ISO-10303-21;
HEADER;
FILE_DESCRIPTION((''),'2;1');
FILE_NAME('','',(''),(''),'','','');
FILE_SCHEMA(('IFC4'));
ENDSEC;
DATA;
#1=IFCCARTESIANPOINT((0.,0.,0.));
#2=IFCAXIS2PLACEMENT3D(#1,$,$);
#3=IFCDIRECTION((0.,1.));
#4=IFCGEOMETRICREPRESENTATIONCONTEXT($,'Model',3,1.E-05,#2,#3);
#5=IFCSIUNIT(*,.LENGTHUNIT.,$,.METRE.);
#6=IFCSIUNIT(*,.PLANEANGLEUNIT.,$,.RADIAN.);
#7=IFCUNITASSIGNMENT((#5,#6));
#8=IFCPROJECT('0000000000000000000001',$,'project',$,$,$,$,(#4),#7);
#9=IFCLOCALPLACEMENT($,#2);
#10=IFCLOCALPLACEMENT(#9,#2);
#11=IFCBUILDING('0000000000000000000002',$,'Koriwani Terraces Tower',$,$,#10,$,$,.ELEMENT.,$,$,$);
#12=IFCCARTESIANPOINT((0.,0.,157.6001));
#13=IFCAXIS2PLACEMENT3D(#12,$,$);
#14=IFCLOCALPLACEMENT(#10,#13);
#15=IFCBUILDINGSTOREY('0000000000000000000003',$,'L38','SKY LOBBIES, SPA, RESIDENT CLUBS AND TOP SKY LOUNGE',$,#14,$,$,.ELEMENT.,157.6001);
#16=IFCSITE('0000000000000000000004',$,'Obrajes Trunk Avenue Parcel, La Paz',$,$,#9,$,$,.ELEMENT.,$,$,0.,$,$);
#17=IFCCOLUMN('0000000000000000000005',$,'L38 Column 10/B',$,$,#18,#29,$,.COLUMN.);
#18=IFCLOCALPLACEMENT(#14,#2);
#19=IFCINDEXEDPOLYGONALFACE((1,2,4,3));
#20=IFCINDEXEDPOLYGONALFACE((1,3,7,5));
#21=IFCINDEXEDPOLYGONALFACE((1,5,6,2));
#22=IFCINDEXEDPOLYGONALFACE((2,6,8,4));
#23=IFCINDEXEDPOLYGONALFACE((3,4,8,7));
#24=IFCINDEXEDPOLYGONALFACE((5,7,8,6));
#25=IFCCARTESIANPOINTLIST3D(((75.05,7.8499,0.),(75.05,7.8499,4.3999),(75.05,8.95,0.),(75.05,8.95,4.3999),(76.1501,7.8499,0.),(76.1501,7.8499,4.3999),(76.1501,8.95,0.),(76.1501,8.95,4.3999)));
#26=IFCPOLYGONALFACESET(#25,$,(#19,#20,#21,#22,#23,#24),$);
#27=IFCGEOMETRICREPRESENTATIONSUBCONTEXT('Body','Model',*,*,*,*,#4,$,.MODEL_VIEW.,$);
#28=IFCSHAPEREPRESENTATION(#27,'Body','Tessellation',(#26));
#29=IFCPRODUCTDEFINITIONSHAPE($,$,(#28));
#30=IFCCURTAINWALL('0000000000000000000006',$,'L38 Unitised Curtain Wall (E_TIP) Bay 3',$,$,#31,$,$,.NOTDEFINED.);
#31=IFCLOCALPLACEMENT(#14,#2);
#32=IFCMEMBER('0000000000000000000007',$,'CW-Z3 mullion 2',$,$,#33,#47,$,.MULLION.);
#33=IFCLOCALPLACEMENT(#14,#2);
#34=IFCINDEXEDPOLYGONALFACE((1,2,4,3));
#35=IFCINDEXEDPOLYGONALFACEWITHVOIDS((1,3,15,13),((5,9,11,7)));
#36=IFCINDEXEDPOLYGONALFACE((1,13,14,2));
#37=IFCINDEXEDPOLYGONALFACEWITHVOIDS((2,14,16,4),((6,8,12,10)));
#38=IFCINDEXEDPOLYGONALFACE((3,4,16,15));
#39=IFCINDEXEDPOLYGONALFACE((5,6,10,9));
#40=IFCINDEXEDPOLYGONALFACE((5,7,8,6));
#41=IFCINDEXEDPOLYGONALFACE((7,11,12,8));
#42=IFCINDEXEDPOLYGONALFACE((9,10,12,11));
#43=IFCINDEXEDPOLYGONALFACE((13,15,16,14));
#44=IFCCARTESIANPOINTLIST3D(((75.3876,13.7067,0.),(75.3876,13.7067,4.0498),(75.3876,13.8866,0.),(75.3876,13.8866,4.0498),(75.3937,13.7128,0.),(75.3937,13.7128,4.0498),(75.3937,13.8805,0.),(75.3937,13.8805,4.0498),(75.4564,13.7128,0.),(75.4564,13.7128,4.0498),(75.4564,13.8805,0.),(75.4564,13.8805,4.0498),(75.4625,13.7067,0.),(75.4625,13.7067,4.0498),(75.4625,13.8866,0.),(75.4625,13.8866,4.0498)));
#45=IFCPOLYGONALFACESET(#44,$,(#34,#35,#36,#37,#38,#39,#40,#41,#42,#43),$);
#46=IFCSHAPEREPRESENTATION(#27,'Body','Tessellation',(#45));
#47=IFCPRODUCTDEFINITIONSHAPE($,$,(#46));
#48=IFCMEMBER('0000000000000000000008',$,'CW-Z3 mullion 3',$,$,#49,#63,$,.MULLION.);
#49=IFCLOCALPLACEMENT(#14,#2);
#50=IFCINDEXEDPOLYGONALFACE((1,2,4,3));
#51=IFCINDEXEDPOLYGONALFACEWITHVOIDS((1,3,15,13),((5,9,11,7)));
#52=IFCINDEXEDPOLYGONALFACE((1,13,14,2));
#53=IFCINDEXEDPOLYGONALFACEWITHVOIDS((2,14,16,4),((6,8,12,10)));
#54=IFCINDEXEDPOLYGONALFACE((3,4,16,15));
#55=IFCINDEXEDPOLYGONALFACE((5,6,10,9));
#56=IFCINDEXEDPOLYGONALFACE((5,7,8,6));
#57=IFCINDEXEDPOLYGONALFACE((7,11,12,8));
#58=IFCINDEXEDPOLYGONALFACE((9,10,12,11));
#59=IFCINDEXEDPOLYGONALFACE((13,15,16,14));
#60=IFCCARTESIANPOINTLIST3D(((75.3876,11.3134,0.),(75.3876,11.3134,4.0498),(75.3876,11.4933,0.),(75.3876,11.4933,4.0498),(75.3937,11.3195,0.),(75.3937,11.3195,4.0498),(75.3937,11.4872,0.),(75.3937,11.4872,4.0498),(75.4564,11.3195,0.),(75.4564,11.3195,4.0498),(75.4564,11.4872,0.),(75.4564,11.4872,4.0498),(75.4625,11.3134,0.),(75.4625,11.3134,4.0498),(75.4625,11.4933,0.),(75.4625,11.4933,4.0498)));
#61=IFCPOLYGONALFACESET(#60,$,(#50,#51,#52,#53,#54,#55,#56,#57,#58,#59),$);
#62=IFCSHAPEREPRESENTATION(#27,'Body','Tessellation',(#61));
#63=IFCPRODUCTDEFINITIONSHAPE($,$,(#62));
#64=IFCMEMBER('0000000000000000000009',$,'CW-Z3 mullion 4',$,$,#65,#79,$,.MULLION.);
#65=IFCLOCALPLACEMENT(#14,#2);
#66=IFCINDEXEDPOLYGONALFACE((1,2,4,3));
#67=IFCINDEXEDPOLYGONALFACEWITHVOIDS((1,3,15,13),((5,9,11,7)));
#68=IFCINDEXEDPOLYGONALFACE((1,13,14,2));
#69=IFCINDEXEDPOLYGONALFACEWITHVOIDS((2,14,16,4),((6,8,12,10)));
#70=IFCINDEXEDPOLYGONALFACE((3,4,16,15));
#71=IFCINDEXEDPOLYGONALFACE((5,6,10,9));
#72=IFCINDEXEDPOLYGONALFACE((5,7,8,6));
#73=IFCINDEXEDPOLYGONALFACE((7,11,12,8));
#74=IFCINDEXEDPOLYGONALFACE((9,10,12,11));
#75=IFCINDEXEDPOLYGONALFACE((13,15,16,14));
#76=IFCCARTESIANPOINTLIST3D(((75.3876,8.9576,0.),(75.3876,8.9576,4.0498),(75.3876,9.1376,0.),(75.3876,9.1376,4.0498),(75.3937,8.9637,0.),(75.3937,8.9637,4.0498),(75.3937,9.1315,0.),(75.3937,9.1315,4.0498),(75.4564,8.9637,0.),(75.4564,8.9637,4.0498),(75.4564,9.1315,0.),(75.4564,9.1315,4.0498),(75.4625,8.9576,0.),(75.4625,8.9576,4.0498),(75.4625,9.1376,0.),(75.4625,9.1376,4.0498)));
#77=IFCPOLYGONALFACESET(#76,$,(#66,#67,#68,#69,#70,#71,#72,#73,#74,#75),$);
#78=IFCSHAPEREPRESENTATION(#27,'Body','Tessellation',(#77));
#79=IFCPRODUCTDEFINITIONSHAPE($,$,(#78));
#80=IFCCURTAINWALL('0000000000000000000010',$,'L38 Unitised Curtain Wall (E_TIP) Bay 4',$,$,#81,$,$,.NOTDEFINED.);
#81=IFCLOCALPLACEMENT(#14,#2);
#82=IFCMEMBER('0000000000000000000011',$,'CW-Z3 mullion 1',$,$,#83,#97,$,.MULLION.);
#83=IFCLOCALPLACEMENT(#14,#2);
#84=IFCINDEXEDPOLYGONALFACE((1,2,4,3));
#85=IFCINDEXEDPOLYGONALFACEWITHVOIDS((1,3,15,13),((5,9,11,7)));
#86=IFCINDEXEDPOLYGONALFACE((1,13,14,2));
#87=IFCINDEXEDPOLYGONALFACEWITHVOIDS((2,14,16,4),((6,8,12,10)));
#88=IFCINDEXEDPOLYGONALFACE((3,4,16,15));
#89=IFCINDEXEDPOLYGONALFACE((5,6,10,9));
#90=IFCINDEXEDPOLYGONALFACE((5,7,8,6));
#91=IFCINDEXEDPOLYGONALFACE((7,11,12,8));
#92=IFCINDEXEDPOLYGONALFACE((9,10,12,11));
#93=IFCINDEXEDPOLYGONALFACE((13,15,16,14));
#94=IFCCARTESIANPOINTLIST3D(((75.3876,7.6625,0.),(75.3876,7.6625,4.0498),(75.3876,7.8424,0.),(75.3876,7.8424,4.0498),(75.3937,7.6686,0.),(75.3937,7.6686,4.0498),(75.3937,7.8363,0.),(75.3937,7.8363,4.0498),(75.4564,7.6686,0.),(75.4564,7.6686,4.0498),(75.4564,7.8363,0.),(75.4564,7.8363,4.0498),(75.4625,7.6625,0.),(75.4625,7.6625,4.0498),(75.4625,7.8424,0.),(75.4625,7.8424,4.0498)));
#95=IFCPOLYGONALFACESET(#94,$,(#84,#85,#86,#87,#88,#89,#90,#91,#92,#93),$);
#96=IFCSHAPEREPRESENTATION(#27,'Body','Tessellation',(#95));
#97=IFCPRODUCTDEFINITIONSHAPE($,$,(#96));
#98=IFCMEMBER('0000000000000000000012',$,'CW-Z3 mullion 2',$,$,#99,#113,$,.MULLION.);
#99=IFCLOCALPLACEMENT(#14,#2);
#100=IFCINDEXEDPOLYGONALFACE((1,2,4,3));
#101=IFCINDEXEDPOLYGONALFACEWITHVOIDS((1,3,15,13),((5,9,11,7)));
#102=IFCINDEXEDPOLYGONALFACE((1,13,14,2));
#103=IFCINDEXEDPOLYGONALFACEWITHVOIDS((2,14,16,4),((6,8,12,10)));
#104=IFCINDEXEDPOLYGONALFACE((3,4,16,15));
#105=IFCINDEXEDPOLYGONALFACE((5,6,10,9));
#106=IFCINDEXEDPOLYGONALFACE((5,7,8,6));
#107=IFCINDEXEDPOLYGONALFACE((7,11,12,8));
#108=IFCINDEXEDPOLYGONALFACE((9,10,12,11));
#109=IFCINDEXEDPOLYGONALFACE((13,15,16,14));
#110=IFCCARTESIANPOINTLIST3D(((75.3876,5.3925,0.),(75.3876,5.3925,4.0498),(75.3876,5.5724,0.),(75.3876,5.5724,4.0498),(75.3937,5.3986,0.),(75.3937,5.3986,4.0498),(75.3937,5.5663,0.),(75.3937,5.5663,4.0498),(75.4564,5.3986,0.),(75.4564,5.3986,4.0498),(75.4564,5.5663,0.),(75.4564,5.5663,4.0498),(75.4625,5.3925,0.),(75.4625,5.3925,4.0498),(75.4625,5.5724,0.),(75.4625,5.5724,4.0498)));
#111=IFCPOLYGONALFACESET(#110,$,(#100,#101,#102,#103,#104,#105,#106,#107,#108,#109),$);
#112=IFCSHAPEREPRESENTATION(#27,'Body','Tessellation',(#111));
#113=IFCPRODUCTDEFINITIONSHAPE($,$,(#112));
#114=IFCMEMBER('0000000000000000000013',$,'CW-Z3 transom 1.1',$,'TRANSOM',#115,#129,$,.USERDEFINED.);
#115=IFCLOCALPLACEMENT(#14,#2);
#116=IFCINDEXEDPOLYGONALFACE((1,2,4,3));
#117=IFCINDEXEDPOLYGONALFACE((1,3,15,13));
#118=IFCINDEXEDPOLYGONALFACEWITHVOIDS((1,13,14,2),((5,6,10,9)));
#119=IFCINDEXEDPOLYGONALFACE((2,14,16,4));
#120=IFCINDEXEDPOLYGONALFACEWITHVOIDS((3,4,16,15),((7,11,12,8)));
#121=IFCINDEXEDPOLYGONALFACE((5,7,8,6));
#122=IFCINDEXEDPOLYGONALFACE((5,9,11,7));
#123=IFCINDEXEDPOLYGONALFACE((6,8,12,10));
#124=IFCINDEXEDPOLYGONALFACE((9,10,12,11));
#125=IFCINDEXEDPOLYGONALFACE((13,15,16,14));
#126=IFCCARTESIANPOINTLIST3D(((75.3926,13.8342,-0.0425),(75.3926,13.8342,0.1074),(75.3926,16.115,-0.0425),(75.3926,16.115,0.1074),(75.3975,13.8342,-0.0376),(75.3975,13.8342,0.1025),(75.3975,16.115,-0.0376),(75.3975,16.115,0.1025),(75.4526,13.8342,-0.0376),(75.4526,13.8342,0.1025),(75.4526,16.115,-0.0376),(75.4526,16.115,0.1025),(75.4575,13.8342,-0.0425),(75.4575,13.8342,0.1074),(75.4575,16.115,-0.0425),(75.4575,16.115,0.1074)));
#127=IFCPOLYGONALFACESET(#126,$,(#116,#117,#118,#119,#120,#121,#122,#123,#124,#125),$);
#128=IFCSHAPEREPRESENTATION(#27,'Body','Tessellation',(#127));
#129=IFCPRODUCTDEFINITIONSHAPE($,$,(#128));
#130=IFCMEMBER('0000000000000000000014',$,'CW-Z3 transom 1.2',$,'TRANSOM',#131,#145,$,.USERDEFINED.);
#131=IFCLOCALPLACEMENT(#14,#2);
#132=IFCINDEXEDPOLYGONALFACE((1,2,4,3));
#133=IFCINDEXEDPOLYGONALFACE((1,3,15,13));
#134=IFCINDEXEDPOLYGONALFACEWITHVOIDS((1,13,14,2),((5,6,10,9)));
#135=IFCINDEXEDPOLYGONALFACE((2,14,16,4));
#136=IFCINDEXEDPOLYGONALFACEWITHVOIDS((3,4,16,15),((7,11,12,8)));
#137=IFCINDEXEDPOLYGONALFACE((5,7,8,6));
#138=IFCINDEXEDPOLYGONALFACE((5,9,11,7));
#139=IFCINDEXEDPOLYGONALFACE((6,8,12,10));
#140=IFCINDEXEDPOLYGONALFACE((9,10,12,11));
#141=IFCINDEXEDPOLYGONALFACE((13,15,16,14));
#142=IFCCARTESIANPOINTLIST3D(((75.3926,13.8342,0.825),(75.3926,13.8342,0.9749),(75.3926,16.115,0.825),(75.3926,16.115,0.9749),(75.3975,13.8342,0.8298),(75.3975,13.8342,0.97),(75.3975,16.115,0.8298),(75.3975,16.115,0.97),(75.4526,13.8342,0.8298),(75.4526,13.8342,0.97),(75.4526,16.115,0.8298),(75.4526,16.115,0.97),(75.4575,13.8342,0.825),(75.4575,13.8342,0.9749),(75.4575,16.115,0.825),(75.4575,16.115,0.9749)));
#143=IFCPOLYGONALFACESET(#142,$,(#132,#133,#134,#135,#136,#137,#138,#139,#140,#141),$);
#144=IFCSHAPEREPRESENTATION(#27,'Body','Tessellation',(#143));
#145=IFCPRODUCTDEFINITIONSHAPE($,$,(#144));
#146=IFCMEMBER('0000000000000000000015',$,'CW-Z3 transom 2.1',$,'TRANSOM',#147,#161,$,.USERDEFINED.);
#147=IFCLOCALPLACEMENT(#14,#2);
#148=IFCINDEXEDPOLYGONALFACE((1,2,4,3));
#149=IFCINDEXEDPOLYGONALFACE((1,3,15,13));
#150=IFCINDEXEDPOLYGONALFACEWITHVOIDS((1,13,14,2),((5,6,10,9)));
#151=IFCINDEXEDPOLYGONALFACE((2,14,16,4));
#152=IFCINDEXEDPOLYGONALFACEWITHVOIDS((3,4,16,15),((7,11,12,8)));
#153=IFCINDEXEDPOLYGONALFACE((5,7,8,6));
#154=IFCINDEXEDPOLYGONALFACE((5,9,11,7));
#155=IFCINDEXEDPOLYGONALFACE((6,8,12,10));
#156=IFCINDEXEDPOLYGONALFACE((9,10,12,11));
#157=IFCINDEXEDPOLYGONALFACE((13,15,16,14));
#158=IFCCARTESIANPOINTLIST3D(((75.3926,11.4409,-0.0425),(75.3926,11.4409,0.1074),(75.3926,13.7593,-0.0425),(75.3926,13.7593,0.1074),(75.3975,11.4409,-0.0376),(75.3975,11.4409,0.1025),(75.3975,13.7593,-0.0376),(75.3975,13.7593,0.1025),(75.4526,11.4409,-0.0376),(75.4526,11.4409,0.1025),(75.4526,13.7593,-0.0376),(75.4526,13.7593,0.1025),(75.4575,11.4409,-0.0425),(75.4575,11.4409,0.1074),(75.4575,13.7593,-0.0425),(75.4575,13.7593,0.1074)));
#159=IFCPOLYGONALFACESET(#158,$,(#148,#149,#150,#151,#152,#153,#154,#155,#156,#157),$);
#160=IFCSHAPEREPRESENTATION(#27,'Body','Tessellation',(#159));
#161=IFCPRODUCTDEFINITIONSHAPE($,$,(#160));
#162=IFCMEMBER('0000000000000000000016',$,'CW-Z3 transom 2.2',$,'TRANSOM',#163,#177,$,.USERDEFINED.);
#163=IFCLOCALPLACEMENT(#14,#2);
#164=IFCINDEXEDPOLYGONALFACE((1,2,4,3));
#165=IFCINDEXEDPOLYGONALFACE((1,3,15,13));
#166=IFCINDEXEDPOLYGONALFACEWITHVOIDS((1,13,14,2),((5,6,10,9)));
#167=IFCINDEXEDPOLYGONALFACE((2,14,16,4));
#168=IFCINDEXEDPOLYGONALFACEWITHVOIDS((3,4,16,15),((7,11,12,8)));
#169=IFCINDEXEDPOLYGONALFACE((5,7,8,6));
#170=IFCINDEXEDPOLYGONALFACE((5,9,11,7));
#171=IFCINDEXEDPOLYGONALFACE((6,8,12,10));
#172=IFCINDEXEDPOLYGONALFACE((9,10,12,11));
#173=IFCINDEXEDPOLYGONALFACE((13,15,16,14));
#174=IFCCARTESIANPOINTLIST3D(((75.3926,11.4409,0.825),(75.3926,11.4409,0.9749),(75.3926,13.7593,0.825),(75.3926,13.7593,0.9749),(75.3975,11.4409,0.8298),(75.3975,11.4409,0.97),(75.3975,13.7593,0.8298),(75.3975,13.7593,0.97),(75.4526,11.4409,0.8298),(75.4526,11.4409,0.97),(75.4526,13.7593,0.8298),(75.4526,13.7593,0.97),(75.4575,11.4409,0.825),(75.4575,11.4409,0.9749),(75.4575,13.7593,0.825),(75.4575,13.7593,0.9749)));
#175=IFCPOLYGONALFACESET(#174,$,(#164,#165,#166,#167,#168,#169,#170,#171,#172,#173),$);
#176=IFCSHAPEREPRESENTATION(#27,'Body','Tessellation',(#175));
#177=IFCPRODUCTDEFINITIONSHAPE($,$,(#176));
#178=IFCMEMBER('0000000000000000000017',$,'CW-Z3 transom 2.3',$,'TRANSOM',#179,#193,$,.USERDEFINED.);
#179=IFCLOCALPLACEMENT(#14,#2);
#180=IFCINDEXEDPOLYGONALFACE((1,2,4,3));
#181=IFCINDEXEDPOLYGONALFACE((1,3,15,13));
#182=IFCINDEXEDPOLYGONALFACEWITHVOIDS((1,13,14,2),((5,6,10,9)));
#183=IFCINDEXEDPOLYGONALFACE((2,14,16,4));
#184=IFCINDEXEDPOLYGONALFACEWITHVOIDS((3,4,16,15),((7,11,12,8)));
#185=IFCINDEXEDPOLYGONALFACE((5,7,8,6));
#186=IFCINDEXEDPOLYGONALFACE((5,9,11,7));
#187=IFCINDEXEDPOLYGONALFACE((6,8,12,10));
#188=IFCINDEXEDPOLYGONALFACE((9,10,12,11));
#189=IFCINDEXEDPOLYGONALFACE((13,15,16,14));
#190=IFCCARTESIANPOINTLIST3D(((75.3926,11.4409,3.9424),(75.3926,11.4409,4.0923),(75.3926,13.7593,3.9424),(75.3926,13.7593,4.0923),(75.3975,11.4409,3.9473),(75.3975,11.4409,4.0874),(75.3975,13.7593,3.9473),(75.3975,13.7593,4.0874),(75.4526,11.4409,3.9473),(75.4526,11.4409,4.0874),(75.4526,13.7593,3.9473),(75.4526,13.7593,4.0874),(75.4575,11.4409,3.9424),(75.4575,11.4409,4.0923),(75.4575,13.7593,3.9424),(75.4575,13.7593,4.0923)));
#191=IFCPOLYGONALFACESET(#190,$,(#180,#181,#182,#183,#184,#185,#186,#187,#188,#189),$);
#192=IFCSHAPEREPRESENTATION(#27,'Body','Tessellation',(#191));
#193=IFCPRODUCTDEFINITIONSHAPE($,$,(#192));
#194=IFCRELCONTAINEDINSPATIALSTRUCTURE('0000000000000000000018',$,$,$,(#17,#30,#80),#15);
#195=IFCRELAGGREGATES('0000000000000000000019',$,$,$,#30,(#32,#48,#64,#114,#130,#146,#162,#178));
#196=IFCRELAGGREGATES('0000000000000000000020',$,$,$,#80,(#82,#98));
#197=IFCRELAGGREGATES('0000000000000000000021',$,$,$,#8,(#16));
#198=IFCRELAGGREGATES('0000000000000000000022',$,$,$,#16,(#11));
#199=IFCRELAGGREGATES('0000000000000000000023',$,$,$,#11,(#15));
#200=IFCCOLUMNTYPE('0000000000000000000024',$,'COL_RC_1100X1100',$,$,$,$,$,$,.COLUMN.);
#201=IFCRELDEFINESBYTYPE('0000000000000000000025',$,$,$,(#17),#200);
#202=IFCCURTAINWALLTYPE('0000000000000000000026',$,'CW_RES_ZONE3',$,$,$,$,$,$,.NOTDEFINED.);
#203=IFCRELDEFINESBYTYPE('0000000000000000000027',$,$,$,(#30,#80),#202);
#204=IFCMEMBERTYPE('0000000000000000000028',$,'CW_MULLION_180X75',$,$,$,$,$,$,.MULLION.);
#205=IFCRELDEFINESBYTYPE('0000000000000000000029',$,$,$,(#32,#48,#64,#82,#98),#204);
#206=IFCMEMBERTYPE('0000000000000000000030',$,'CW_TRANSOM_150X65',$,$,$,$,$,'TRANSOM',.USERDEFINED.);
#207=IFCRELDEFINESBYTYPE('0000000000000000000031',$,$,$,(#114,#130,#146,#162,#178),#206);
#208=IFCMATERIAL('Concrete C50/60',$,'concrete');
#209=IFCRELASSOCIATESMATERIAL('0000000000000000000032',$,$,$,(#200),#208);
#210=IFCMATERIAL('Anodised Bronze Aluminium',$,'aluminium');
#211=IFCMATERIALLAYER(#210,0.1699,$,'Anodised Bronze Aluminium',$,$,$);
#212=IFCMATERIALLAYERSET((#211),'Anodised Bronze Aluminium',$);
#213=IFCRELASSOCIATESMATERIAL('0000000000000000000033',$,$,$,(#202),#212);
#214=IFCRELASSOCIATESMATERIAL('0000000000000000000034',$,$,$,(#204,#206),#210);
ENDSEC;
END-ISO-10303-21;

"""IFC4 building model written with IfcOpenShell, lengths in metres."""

from ifc_helpers import new_model, si_unit, direction, frame, origin, origin_2d, place, context, subcontext, project, spatial, rectangle, hollow_rectangle, extrude, material, layer, layer_set, material_profile, profile_set, type_object, element, aggregate, save


model = new_model("IFC4")

# Units and contexts
model_context = context("Model", 3, precision=1e-05, world=origin(), true_north=direction((0.0, 1.0)))
body_context = subcontext(model_context, "Body", "Model", "MODEL_VIEW")
ifc_project = project(units=[si_unit("LENGTHUNIT", "METRE"), si_unit("PLANEANGLEUNIT", "RADIAN")], contexts=[model_context])

# Site, building, storey
site_placement = place(None, origin())
site = spatial("IfcSite", under=ifc_project, at=site_placement, Name="Obrajes Trunk Avenue Parcel, La Paz", CompositionType="ELEMENT", RefElevation=0.0)
building_placement = place(site_placement, origin())
building = spatial("IfcBuilding", under=site, at=building_placement, Name="Koriwani Terraces Tower", CompositionType="ELEMENT")
storey_placement = place(building_placement, frame((0.0, 0.0, 157.6001)))
storey = spatial("IfcBuildingStorey", under=building, at=storey_placement, Name="L38", Description="SKY LOBBIES, SPA, RESIDENT CLUBS AND TOP SKY LOUNGE", CompositionType="ELEMENT", Elevation=157.6001)

# Column
ifc_material_1 = material(Name="Concrete C50/60", Category="concrete")
ifc_material_profile_1 = material_profile(ifc_material_1, rectangle(XDim=1.1001, YDim=1.1001, at=origin_2d()), Name="Concrete C50/60", Category="LoadBearing")
ifc_profile_set_1 = profile_set([ifc_material_profile_1], Name="Concrete C50/60")
column_type = type_object("IfcColumnType", Name="COL_RC_1100X1100", PredefinedType="COLUMN", material=ifc_profile_set_1)
column_placement = place(storey_placement, frame((75.6001, 8.3999, 0.0), z_axis=(0.0, 0.0, 1.0), x_axis=(1.0, 0.0, 0.0)))
element("IfcColumn", 1, at=column_placement, inside=storey, type_object=column_type, Name="L38 Column 10/B", PredefinedType="COLUMN", context=body_context, shape_type="SweptSolid", body=[
    extrude(rectangle(XDim=1.1001, YDim=1.1001, at=origin_2d()), origin(), (0.0, 0.0, 1.0), 4.3999),
])

# Curtain walls, members
ifc_material_2 = material(Name="Anodised Bronze Aluminium", Category="aluminium")
ifc_layer_1 = layer(ifc_material_2, 0.1699, Name="Anodised Bronze Aluminium")
ifc_layer_set_1 = layer_set([ifc_layer_1], Name="Anodised Bronze Aluminium")
curtain_wall_type = type_object("IfcCurtainWallType", Name="CW_RES_ZONE3", PredefinedType="NOTDEFINED", material=ifc_layer_set_1)
curtain_wall_1_placement = place(storey_placement, origin())
curtain_wall_1 = element("IfcCurtainWall", 2, at=curtain_wall_1_placement, inside=storey, type_object=curtain_wall_type, Name="L38 Unitised Curtain Wall (E_TIP) Bay 3", PredefinedType="NOTDEFINED")
ifc_material_profile_2 = material_profile(ifc_material_2, hollow_rectangle(XDim=0.075, YDim=0.1799, WallThickness=0.0061, at=origin_2d()), Name="Anodised Bronze Aluminium", Category="LoadBearing")
ifc_profile_set_2 = profile_set([ifc_material_profile_2], Name="Anodised Bronze Aluminium")
member_type_1 = type_object("IfcMemberType", Name="CW_MULLION_180X75", PredefinedType="MULLION", material=ifc_profile_set_2)
member_1_placement = place(storey_placement, frame((75.425, 13.7966, 0.0), z_axis=(0.0, 0.0, 1.0), x_axis=(1.0, 0.0, 0.0)))
member_1 = element("IfcMember", 3, at=member_1_placement, type_object=member_type_1, Name="CW-Z3 mullion 2", PredefinedType="MULLION", context=body_context, shape_type="SweptSolid", body=[
    extrude(hollow_rectangle(XDim=0.075, YDim=0.1799, WallThickness=0.0061, at=origin_2d()), origin(), (0.0, 0.0, 1.0), 4.0498),
])
member_2_placement = place(storey_placement, frame((75.425, 11.4033, 0.0), z_axis=(0.0, 0.0, 1.0), x_axis=(1.0, 0.0, 0.0)))
member_2 = element("IfcMember", 4, at=member_2_placement, type_object=member_type_1, Name="CW-Z3 mullion 3", PredefinedType="MULLION", context=body_context, shape_type="SweptSolid", body=[
    extrude(hollow_rectangle(XDim=0.075, YDim=0.1799, WallThickness=0.0061, at=origin_2d()), origin(), (0.0, 0.0, 1.0), 4.0498),
])
member_3_placement = place(storey_placement, frame((75.425, 9.0476, 0.0), z_axis=(0.0, 0.0, 1.0), x_axis=(1.0, 0.0, 0.0)))
member_3 = element("IfcMember", 5, at=member_3_placement, type_object=member_type_1, Name="CW-Z3 mullion 4", PredefinedType="MULLION", context=body_context, shape_type="SweptSolid", body=[
    extrude(hollow_rectangle(XDim=0.075, YDim=0.1799, WallThickness=0.0061, at=origin_2d()), origin(), (0.0, 0.0, 1.0), 4.0498),
])
curtain_wall_2_placement = place(storey_placement, origin())
curtain_wall_2 = element("IfcCurtainWall", 6, at=curtain_wall_2_placement, inside=storey, type_object=curtain_wall_type, Name="L38 Unitised Curtain Wall (E_TIP) Bay 4", PredefinedType="NOTDEFINED")
member_4_placement = place(storey_placement, frame((75.425, 7.7524, 0.0), z_axis=(0.0, 0.0, 1.0), x_axis=(1.0, 0.0, 0.0)))
member_4 = element("IfcMember", 7, at=member_4_placement, type_object=member_type_1, Name="CW-Z3 mullion 1", PredefinedType="MULLION", context=body_context, shape_type="SweptSolid", body=[
    extrude(hollow_rectangle(XDim=0.075, YDim=0.1799, WallThickness=0.0061, at=origin_2d()), origin(), (0.0, 0.0, 1.0), 4.0498),
])
member_5_placement = place(storey_placement, frame((75.425, 5.4824, 0.0), z_axis=(0.0, 0.0, 1.0), x_axis=(1.0, 0.0, 0.0)))
member_5 = element("IfcMember", 8, at=member_5_placement, type_object=member_type_1, Name="CW-Z3 mullion 2", PredefinedType="MULLION", context=body_context, shape_type="SweptSolid", body=[
    extrude(hollow_rectangle(XDim=0.075, YDim=0.1799, WallThickness=0.0061, at=origin_2d()), origin(), (0.0, 0.0, 1.0), 4.0498),
])

# Members
ifc_material_profile_3 = material_profile(ifc_material_2, hollow_rectangle(XDim=0.0649, YDim=0.1499, WallThickness=0.0049, at=origin_2d()), Name="Anodised Bronze Aluminium", Category="LoadBearing")
ifc_profile_set_3 = profile_set([ifc_material_profile_3], Name="Anodised Bronze Aluminium")
member_type_2 = type_object("IfcMemberType", Name="CW_TRANSOM_150X65", ElementType="TRANSOM", PredefinedType="USERDEFINED", material=ifc_profile_set_3)
member_6_placement = place(storey_placement, frame((75.425, 16.115, 0.0325), z_axis=(0.0, -1.0, 0.0), x_axis=(1.0, 0.0, 0.0)))
member_6 = element("IfcMember", 9, at=member_6_placement, type_object=member_type_2, Name="CW-Z3 transom 1.1", ObjectType="TRANSOM", PredefinedType="USERDEFINED", context=body_context, shape_type="SweptSolid", body=[
    extrude(hollow_rectangle(XDim=0.0649, YDim=0.1499, WallThickness=0.0049, at=origin_2d()), origin(), (0.0, 0.0, 1.0), 2.2808),
])
member_7_placement = place(storey_placement, frame((75.425, 16.115, 0.8999), z_axis=(0.0, -1.0, 0.0), x_axis=(1.0, 0.0, 0.0)))
member_7 = element("IfcMember", 10, at=member_7_placement, type_object=member_type_2, Name="CW-Z3 transom 1.2", ObjectType="TRANSOM", PredefinedType="USERDEFINED", context=body_context, shape_type="SweptSolid", body=[
    extrude(hollow_rectangle(XDim=0.0649, YDim=0.1499, WallThickness=0.0049, at=origin_2d()), origin(), (0.0, 0.0, 1.0), 2.2808),
])
member_8_placement = place(storey_placement, frame((75.425, 13.7593, 0.0325), z_axis=(0.0, -1.0, 0.0), x_axis=(1.0, 0.0, 0.0)))
member_8 = element("IfcMember", 11, at=member_8_placement, type_object=member_type_2, Name="CW-Z3 transom 2.1", ObjectType="TRANSOM", PredefinedType="USERDEFINED", context=body_context, shape_type="SweptSolid", body=[
    extrude(hollow_rectangle(XDim=0.0649, YDim=0.1499, WallThickness=0.0049, at=origin_2d()), origin(), (0.0, 0.0, 1.0), 2.3184),
])
member_9_placement = place(storey_placement, frame((75.425, 13.7593, 0.8999), z_axis=(0.0, -1.0, 0.0), x_axis=(1.0, 0.0, 0.0)))
member_9 = element("IfcMember", 12, at=member_9_placement, type_object=member_type_2, Name="CW-Z3 transom 2.2", ObjectType="TRANSOM", PredefinedType="USERDEFINED", context=body_context, shape_type="SweptSolid", body=[
    extrude(hollow_rectangle(XDim=0.0649, YDim=0.1499, WallThickness=0.0049, at=origin_2d()), origin(), (0.0, 0.0, 1.0), 2.3184),
])
member_10_placement = place(storey_placement, frame((75.425, 13.7593, 4.0173), z_axis=(0.0, -1.0, 0.0), x_axis=(1.0, 0.0, 0.0)))
member_10 = element("IfcMember", 13, at=member_10_placement, type_object=member_type_2, Name="CW-Z3 transom 2.3", ObjectType="TRANSOM", PredefinedType="USERDEFINED", context=body_context, shape_type="SweptSolid", body=[
    extrude(hollow_rectangle(XDim=0.0649, YDim=0.1499, WallThickness=0.0049, at=origin_2d()), origin(), (0.0, 0.0, 1.0), 2.3184),
])

aggregate(curtain_wall_1, [member_1, member_2, member_3, member_6, member_7, member_8, member_9, member_10])
aggregate(curtain_wall_2, [member_4, member_5])

save(model, "model.ifc")
